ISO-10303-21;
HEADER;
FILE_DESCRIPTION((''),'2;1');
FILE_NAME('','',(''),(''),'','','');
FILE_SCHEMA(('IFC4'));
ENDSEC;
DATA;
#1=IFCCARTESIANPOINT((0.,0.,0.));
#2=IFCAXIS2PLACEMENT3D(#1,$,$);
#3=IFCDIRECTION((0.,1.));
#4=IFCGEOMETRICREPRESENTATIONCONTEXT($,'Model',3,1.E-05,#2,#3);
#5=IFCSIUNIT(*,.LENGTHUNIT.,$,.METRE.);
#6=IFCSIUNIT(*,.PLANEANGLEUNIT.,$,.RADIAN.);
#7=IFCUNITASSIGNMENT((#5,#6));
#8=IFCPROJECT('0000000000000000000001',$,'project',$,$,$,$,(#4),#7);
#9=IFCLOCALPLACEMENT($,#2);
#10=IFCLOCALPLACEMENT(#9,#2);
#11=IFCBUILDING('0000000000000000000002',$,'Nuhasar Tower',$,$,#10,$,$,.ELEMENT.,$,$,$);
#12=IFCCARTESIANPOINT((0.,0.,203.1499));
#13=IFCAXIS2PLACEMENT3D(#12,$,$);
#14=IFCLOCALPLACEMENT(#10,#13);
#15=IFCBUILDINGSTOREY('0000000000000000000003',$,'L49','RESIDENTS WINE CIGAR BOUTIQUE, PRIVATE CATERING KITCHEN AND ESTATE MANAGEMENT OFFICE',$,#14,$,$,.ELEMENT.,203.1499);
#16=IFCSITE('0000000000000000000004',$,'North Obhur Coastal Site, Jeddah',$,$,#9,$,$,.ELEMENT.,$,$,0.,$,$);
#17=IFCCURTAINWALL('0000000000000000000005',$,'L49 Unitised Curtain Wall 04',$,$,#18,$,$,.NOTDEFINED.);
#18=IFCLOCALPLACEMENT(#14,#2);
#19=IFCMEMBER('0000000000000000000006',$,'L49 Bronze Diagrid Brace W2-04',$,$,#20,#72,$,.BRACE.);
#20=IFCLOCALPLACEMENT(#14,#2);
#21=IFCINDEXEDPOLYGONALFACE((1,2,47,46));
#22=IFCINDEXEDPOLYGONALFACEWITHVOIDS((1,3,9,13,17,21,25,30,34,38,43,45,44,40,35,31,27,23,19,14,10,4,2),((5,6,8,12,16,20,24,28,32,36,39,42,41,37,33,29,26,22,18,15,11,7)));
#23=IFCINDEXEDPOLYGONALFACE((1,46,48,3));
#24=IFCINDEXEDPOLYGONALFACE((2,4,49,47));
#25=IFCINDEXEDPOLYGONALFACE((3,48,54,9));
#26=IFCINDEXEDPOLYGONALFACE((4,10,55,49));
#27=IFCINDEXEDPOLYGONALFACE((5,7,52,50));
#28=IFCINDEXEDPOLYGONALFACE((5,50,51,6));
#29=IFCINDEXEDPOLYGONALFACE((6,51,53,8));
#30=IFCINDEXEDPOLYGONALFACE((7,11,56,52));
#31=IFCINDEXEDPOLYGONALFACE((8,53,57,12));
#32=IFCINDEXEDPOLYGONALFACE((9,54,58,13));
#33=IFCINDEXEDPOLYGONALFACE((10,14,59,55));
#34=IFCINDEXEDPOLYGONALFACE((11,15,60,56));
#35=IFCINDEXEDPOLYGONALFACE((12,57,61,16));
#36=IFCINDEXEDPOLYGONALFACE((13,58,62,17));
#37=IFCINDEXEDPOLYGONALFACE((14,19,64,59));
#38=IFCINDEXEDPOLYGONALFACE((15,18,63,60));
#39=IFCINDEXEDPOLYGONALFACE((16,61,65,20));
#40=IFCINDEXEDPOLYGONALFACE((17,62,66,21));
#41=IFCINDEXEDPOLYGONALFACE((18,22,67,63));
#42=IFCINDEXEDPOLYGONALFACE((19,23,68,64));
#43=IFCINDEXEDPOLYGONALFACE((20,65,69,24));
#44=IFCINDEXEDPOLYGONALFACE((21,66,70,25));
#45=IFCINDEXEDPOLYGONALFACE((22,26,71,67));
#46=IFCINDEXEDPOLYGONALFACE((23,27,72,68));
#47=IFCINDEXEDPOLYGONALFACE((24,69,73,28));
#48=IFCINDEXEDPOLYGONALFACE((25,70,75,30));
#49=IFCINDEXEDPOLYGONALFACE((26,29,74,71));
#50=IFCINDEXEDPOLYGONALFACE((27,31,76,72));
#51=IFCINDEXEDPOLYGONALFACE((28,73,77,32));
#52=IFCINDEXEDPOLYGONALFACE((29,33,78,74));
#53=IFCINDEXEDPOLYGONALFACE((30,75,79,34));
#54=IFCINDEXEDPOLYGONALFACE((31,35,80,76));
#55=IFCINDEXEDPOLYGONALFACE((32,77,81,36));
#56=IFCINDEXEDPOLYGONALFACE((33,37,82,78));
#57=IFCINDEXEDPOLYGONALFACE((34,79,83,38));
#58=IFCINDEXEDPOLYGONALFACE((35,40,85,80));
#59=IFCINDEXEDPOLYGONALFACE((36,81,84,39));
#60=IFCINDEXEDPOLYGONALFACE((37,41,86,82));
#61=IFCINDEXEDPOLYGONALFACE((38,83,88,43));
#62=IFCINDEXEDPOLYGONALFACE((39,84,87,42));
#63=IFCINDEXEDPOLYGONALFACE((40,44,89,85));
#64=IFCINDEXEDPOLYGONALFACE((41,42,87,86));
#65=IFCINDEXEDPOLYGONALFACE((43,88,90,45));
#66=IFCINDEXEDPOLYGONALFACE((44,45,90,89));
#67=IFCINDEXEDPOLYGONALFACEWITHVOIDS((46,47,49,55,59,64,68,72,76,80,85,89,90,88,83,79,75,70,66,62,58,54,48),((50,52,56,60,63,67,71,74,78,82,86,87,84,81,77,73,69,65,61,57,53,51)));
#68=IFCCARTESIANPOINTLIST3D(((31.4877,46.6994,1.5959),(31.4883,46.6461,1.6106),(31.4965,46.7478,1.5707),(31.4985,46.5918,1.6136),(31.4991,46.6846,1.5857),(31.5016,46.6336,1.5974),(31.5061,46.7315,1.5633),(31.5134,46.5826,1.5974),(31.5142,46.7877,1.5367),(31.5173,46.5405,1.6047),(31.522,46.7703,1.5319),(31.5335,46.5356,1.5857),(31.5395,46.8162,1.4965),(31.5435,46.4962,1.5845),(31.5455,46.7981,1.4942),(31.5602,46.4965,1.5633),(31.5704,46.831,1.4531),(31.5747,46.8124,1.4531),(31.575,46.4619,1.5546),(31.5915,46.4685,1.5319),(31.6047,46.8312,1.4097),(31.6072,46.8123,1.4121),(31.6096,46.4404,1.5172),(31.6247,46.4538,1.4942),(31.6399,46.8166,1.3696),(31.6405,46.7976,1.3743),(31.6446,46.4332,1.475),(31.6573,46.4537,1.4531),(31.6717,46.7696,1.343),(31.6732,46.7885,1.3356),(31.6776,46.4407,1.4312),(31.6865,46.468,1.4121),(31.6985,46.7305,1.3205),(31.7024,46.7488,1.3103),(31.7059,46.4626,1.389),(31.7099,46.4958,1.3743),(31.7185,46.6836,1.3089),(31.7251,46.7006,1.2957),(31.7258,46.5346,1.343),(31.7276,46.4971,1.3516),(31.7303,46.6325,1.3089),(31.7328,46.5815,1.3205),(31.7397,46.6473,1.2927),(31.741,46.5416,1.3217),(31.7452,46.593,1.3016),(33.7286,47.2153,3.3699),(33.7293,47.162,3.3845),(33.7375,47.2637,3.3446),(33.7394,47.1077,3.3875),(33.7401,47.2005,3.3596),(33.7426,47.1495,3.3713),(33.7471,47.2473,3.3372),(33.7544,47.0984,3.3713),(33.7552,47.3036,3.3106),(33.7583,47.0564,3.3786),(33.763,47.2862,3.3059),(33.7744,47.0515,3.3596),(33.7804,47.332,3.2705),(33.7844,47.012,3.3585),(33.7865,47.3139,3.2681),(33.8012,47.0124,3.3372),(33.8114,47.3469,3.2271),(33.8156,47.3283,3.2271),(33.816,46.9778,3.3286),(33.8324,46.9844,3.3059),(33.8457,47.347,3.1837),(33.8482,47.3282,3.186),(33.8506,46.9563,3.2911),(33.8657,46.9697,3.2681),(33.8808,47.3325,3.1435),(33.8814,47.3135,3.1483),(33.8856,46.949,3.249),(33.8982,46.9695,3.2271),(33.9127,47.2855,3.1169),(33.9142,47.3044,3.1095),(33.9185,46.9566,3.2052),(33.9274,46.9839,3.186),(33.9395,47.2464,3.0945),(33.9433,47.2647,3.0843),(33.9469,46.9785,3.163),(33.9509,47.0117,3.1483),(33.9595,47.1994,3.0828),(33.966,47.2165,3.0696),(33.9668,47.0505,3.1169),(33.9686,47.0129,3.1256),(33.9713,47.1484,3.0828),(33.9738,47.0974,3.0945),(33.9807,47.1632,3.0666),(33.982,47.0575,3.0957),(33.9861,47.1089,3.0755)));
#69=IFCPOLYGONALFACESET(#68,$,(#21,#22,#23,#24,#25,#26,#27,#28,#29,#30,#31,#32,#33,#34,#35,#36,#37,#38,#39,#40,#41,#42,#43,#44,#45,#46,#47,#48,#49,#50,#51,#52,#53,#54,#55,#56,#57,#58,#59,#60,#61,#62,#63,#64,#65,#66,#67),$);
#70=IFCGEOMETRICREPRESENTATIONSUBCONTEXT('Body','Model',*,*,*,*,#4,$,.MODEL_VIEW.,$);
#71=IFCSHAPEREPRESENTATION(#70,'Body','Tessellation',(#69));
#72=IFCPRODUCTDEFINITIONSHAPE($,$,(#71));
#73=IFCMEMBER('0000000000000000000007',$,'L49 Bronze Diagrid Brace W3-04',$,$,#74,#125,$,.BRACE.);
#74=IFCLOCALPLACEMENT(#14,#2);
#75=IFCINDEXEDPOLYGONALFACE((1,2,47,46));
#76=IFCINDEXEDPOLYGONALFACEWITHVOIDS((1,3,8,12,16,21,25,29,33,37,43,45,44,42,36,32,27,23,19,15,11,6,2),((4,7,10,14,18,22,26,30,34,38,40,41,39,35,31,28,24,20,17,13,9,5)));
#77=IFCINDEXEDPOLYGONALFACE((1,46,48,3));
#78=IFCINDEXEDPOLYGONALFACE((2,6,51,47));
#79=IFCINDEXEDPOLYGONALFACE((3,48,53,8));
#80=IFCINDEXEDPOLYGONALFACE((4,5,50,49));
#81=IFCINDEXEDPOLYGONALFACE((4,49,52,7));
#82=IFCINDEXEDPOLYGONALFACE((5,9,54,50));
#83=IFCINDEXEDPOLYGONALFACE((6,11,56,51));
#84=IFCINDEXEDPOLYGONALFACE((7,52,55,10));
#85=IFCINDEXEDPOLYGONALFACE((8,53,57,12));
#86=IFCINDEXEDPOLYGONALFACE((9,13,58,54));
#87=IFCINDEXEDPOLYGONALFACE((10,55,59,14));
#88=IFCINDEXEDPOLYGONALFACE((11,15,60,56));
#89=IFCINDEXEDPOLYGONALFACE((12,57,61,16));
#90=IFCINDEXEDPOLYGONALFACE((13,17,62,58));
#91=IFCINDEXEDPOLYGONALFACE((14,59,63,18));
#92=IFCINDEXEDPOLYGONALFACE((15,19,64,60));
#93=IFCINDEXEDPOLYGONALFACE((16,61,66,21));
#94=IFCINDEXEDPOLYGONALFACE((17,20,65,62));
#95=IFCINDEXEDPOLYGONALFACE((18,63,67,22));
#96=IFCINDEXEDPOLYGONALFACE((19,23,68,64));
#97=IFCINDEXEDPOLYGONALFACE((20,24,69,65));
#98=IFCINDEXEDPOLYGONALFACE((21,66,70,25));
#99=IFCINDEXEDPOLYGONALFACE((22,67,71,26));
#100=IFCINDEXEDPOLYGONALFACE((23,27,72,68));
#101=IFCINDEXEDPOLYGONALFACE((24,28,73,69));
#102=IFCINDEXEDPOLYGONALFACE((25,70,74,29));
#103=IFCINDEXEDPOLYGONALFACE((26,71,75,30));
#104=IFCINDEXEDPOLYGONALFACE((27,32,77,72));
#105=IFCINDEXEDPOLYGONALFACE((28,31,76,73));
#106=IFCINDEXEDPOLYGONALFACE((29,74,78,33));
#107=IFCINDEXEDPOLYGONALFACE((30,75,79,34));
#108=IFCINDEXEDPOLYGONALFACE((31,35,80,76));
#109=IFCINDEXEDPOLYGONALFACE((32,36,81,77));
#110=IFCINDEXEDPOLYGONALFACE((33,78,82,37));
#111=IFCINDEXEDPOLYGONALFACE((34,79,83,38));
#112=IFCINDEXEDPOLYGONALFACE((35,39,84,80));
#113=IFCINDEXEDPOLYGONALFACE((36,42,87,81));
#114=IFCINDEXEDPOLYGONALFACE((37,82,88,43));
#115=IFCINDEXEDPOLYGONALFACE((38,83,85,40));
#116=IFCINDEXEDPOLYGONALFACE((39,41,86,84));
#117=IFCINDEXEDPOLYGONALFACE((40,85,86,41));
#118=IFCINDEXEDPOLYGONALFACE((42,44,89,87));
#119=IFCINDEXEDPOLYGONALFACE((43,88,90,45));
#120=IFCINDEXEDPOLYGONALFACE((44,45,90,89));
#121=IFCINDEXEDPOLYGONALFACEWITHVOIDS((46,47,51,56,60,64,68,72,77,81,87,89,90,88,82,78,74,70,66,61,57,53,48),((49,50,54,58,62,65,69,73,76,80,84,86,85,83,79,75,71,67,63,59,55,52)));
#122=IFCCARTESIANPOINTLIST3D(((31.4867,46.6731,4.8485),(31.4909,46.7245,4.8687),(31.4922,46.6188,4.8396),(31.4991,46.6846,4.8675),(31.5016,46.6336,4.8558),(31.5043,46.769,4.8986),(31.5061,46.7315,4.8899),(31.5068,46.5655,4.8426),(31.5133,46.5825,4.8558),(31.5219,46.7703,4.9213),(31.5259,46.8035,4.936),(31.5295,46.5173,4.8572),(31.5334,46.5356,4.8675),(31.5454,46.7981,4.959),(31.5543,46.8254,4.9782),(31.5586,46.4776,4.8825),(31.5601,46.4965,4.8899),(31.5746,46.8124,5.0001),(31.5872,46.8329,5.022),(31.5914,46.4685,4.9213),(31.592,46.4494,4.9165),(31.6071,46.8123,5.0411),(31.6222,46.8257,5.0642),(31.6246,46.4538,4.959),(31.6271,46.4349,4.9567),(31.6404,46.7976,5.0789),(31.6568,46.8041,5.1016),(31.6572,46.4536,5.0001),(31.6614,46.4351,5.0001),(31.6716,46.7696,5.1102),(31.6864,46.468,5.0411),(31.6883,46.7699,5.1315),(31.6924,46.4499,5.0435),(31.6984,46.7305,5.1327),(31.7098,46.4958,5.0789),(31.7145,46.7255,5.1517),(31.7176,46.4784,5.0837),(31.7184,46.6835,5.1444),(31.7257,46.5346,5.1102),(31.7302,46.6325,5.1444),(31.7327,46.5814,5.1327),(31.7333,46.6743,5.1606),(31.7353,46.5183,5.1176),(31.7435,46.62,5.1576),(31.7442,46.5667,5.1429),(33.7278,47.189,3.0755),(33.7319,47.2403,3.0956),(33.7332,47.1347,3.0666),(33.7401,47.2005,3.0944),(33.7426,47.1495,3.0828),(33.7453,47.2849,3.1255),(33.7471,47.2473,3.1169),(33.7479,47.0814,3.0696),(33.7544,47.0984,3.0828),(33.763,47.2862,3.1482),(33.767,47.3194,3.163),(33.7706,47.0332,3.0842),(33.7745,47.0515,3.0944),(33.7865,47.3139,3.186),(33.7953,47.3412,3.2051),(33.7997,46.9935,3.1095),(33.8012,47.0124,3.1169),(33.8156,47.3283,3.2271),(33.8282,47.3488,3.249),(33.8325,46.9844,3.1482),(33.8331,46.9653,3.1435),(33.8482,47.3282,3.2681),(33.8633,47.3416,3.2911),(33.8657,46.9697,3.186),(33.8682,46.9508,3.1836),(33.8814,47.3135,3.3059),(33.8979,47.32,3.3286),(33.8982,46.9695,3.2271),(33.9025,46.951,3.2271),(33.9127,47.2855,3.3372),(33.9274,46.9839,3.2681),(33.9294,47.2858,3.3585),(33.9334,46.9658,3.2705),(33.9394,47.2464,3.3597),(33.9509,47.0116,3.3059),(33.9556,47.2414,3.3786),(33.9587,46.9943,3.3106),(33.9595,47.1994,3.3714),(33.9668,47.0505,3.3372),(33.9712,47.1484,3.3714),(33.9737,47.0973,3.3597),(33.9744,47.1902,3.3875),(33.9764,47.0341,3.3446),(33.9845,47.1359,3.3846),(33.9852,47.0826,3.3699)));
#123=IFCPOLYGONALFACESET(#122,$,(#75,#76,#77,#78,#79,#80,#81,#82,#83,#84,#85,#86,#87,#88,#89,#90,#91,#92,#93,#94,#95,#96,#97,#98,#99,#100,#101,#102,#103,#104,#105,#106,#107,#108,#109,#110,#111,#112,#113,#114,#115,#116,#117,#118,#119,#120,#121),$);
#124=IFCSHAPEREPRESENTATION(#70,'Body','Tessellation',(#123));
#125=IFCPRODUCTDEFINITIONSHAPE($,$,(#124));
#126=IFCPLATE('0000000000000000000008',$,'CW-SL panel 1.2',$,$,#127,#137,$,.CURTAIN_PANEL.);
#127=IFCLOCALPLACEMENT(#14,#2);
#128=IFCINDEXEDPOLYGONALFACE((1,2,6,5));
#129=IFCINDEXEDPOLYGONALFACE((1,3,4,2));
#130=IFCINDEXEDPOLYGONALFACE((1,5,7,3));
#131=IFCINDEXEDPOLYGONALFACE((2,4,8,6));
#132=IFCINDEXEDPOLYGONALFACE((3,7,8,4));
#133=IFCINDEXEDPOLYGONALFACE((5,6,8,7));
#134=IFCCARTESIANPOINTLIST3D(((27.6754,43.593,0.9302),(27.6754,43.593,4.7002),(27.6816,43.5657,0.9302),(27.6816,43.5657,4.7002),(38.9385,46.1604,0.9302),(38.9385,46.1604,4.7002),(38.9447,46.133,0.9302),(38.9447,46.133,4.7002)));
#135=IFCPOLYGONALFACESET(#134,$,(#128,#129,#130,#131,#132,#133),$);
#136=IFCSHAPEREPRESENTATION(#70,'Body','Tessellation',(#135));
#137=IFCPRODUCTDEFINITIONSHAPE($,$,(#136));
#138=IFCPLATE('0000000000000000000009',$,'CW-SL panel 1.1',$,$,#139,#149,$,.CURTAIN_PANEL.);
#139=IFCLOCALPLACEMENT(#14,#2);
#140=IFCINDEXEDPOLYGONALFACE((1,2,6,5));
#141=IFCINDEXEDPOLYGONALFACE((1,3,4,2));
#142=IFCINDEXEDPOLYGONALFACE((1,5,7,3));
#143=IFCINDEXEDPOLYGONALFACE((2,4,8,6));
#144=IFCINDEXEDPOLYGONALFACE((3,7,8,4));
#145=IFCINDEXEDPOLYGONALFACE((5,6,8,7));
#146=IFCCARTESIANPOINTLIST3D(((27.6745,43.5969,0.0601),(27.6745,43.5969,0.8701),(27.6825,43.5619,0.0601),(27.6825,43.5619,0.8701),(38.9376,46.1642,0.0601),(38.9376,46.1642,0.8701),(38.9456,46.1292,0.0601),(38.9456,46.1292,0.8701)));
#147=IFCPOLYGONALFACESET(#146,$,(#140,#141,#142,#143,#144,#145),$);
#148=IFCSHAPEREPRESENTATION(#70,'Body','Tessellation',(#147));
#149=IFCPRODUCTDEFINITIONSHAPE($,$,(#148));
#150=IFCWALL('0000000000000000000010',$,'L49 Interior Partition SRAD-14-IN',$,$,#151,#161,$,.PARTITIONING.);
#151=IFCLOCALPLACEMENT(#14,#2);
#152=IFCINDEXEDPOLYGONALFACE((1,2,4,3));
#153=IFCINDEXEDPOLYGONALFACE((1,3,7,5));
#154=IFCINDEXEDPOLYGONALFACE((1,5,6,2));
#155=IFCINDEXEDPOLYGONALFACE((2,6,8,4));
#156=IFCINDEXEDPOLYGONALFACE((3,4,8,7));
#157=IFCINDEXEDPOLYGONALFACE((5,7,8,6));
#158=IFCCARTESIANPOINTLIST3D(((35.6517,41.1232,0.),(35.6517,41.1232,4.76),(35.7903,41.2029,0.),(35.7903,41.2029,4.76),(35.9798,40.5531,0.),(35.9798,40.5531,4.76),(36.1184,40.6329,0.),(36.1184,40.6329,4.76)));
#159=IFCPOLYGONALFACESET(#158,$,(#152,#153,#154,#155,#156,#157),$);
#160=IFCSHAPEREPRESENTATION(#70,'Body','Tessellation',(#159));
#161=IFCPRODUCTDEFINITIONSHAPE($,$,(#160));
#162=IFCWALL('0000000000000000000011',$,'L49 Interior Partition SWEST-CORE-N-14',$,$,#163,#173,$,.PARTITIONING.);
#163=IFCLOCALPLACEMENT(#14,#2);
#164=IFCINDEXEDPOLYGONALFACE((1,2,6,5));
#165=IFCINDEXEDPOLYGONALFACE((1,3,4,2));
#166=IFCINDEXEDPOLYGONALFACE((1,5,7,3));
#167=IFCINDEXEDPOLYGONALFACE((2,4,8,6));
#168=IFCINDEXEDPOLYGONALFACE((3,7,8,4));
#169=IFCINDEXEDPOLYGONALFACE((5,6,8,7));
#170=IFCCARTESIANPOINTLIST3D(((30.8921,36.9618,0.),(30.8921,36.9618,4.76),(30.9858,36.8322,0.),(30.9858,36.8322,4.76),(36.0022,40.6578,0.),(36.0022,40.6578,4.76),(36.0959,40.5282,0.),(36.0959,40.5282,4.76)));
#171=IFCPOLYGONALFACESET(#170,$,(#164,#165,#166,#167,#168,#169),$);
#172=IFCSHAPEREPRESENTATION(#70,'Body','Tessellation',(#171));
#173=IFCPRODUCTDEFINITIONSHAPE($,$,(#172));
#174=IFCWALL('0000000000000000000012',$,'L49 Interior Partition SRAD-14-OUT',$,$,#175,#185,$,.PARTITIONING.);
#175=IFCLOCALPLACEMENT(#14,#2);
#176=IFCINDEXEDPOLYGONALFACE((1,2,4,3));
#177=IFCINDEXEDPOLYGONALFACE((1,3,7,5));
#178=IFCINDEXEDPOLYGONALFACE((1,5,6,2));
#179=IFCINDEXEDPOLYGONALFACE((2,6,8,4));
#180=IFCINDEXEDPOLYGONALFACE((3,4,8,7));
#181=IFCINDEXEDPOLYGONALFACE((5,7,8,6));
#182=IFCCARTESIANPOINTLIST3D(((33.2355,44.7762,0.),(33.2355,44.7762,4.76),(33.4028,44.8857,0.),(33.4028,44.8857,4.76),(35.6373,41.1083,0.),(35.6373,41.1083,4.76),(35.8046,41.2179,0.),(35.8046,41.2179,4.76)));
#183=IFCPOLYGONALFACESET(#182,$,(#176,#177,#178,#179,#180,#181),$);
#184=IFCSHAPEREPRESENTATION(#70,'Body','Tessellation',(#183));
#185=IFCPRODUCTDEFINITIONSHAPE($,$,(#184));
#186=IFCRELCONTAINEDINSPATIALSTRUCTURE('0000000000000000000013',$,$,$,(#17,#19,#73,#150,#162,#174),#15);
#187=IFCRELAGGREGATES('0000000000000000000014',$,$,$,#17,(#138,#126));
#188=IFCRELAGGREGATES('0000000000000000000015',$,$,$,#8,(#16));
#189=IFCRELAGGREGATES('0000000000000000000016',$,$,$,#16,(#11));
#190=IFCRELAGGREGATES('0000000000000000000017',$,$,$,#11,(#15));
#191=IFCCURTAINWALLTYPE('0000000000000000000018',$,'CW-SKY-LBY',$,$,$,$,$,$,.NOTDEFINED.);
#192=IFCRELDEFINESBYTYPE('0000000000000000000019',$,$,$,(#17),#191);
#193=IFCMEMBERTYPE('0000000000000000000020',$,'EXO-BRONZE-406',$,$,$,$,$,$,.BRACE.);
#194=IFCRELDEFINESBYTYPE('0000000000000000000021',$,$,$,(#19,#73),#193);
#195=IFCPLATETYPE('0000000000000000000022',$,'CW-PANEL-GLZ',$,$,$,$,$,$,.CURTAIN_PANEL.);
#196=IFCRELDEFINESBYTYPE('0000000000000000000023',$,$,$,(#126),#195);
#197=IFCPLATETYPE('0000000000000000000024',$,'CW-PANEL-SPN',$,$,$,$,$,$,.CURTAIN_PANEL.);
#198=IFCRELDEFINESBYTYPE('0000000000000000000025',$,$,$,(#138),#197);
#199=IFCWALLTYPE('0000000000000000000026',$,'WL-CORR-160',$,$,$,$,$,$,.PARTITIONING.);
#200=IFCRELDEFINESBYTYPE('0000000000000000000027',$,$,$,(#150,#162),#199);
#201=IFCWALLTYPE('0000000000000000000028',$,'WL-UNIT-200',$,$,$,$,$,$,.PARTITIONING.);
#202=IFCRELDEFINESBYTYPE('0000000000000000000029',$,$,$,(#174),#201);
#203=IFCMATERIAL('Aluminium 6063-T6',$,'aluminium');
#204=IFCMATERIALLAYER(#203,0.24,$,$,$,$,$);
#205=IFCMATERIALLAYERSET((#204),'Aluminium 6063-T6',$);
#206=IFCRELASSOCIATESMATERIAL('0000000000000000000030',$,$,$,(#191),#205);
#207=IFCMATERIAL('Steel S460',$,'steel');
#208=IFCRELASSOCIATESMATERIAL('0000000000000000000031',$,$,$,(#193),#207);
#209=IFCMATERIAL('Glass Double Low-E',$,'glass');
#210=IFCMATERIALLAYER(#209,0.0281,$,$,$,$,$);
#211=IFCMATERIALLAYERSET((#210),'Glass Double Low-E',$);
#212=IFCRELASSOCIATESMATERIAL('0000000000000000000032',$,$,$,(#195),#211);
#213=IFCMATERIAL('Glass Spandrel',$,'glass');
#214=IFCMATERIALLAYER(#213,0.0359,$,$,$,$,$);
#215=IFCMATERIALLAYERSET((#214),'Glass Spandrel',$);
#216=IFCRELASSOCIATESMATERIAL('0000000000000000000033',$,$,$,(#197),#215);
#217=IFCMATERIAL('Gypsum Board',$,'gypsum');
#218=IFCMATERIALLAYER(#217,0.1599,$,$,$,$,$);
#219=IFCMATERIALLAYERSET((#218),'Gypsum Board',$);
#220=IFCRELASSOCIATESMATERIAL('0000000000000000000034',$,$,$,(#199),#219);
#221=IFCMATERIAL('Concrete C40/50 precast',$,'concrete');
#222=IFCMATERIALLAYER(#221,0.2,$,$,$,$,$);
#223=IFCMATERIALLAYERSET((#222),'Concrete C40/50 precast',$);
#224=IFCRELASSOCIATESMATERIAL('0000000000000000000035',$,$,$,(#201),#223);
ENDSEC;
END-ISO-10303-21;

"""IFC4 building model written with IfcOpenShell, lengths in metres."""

from ifc_helpers import new_model, si_unit, direction, frame, frame_2d, origin, origin_2d, place, context, subcontext, project, spatial, rectangle, hollow_circle, extrude, material, layer, layer_set, material_profile, profile_set, type_object, element, aggregate, save


model = new_model("IFC4")

# Units and contexts
model_context = context("Model", 3, precision=1e-05, world=origin(), true_north=direction((0.0, 1.0)))
body_context = subcontext(model_context, "Body", "Model", "MODEL_VIEW")
ifc_project = project(units=[si_unit("LENGTHUNIT", "METRE"), si_unit("PLANEANGLEUNIT", "RADIAN")], contexts=[model_context])

# Site, building, storey
site_placement = place(None, origin())
site = spatial("IfcSite", under=ifc_project, at=site_placement, Name="North Obhur Coastal Site, Jeddah", CompositionType="ELEMENT", RefElevation=0.0)
building_placement = place(site_placement, origin())
building = spatial("IfcBuilding", under=site, at=building_placement, Name="Nuhasar Tower", CompositionType="ELEMENT")
storey_placement = place(building_placement, frame((0.0, 0.0, 203.1499)))
storey = spatial("IfcBuildingStorey", under=building, at=storey_placement, Name="L49", Description="RESIDENTS WINE CIGAR BOUTIQUE, PRIVATE CATERING KITCHEN AND ESTATE MANAGEMENT OFFICE", CompositionType="ELEMENT", Elevation=203.1499)

# Shared definitions
ifc_material_1 = material(Name="Steel S460", Category="steel")

# Curtain wall
ifc_material_2 = material(Name="Aluminium 6063-T6", Category="aluminium")
ifc_layer_1 = layer(ifc_material_2, 0.24)
ifc_layer_set_1 = layer_set([ifc_layer_1], Name="Aluminium 6063-T6")
curtain_wall_type = type_object("IfcCurtainWallType", Name="CW-SKY-LBY", PredefinedType="NOTDEFINED", material=ifc_layer_set_1)
curtain_wall_placement = place(storey_placement, origin())
curtain_wall = element("IfcCurtainWall", 1, at=curtain_wall_placement, inside=storey, type_object=curtain_wall_type, Name="L49 Unitised Curtain Wall 04", PredefinedType="NOTDEFINED")

# Members
ifc_material_profile_1 = material_profile(ifc_material_1, hollow_circle(Radius=0.2031, WallThickness=0.019, at=origin_2d()), Name="HSS406.4X19.1")
ifc_profile_set_1 = profile_set([ifc_material_profile_1], Name="Steel S460")
member_type_1 = type_object("IfcMemberType", Name="EXO-BRONZE-406", PredefinedType="BRACE", material=ifc_profile_set_1)
member_1_placement = place(storey_placement, frame((31.616, 46.6331, 1.4531), z_axis=(0.771607, 0.177624, 0.610796), x_axis=(-0.224332, 0.974513, 0.0)))
element("IfcMember", 2, at=member_1_placement, inside=storey, type_object=member_type_1, Name="L49 Bronze Diagrid Brace W2-04", PredefinedType="BRACE", context=body_context, shape_type="SweptSolid", body=[
    extrude(hollow_circle(Radius=0.2031, WallThickness=0.019, at=origin_2d()), origin(), (0.0, 0.0, 1.0), 2.9043),
])
member_2_placement = place(storey_placement, frame((33.8569, 47.1489, 3.2271), z_axis=(-0.771766, -0.17766, 0.610585), x_axis=(0.224332, -0.974513, 0.0)))
element("IfcMember", 3, at=member_2_placement, inside=storey, type_object=member_type_1, Name="L49 Bronze Diagrid Brace W3-04", PredefinedType="BRACE", context=body_context, shape_type="SweptSolid", body=[
    extrude(hollow_circle(Radius=0.2031, WallThickness=0.019, at=origin_2d()), origin(), (0.0, 0.0, 1.0), 2.9038),
])

# Plates
ifc_material_3 = material(Name="Glass Double Low-E", Category="glass")
ifc_layer_2 = layer(ifc_material_3, 0.0281)
ifc_layer_set_2 = layer_set([ifc_layer_2], Name="Glass Double Low-E")
plate_type_1 = type_object("IfcPlateType", Name="CW-PANEL-GLZ", PredefinedType="CURTAIN_PANEL", material=ifc_layer_set_2)
plate_1_placement = place(storey_placement, frame((33.3101, 44.863, 0.9302), z_axis=(0.0, 0.0, 1.0), x_axis=(-0.974991, -0.222243, 0.0)))
plate_1 = element("IfcPlate", 4, at=plate_1_placement, type_object=plate_type_1, Name="CW-SL panel 1.2", PredefinedType="CURTAIN_PANEL", context=body_context, shape_type="SweptSolid", body=[
    extrude(rectangle(XDim=11.552, YDim=0.0281, at=origin_2d()), origin(), (0.0, 0.0, 1.0), 3.77),
])
ifc_material_4 = material(Name="Glass Spandrel", Category="glass")
ifc_layer_3 = layer(ifc_material_4, 0.0359)
ifc_layer_set_3 = layer_set([ifc_layer_3], Name="Glass Spandrel")
plate_type_2 = type_object("IfcPlateType", Name="CW-PANEL-SPN", PredefinedType="CURTAIN_PANEL", material=ifc_layer_set_3)
plate_2_placement = place(storey_placement, frame((33.3101, 44.863, 0.0601), z_axis=(0.0, 0.0, 1.0), x_axis=(-0.974991, -0.222243, 0.0)))
plate_2 = element("IfcPlate", 5, at=plate_2_placement, type_object=plate_type_2, Name="CW-SL panel 1.1", PredefinedType="CURTAIN_PANEL", context=body_context, shape_type="SweptSolid", body=[
    extrude(rectangle(XDim=11.552, YDim=0.0359, at=origin_2d()), origin(), (0.0, 0.0, 1.0), 0.8101),
])
aggregate(curtain_wall, [plate_2, plate_1])

# Walls
ifc_material_5 = material(Name="Gypsum Board", Category="gypsum")
ifc_layer_4 = layer(ifc_material_5, 0.1599)
ifc_layer_set_4 = layer_set([ifc_layer_4], Name="Gypsum Board")
wall_type_1 = type_object("IfcWallType", Name="WL-CORR-160", PredefinedType="PARTITIONING", material=ifc_layer_set_4)
wall_1_placement = place(storey_placement, frame((36.0491, 40.593, 0.0), z_axis=(0.0, 0.0, 1.0), x_axis=(-0.498855, 0.866686, 0.0)))
element("IfcWall", 6, at=wall_1_placement, inside=storey, type_object=wall_type_1, Name="L49 Interior Partition SRAD-14-IN", PredefinedType="PARTITIONING", context=body_context, shape_type="SweptSolid", body=[
    extrude(rectangle(XDim=0.6577, YDim=0.1599, at=frame_2d((0.3289, 0.0))), origin(), (0.0, 0.0, 1.0), 4.76),
])
wall_2_placement = place(storey_placement, frame((36.0491, 40.593, 0.0), z_axis=(0.0, 0.0, 1.0), x_axis=(-0.810272, -0.586054, 0.0)))
element("IfcWall", 7, at=wall_2_placement, inside=storey, type_object=wall_type_1, Name="L49 Interior Partition SWEST-CORE-N-14", PredefinedType="PARTITIONING", context=body_context, shape_type="SweptSolid", body=[
    extrude(rectangle(XDim=6.3066, YDim=0.1599, at=frame_2d((3.1533, 0.0))), origin(), (0.0, 0.0, 1.0), 4.76),
])
ifc_material_6 = material(Name="Concrete C40/50 precast", Category="concrete")
ifc_layer_5 = layer(ifc_material_6, 0.2)
ifc_layer_set_5 = layer_set([ifc_layer_5], Name="Concrete C40/50 precast")
wall_type_2 = type_object("IfcWallType", Name="WL-UNIT-200", PredefinedType="PARTITIONING", material=ifc_layer_set_5)
wall_3_placement = place(storey_placement, frame((35.7209, 41.1631, 0.0), z_axis=(0.0, 0.0, 1.0), x_axis=(-0.547819, 0.836597, 0.0)))
element("IfcWall", 8, at=wall_3_placement, inside=storey, type_object=wall_type_2, Name="L49 Interior Partition SRAD-14-OUT", PredefinedType="PARTITIONING", context=body_context, shape_type="SweptSolid", body=[
    extrude(rectangle(XDim=4.3843, YDim=0.2, at=frame_2d((2.1921, 0.0))), origin(), (0.0, 0.0, 1.0), 4.76),
])

save(model, "model.ifc")
